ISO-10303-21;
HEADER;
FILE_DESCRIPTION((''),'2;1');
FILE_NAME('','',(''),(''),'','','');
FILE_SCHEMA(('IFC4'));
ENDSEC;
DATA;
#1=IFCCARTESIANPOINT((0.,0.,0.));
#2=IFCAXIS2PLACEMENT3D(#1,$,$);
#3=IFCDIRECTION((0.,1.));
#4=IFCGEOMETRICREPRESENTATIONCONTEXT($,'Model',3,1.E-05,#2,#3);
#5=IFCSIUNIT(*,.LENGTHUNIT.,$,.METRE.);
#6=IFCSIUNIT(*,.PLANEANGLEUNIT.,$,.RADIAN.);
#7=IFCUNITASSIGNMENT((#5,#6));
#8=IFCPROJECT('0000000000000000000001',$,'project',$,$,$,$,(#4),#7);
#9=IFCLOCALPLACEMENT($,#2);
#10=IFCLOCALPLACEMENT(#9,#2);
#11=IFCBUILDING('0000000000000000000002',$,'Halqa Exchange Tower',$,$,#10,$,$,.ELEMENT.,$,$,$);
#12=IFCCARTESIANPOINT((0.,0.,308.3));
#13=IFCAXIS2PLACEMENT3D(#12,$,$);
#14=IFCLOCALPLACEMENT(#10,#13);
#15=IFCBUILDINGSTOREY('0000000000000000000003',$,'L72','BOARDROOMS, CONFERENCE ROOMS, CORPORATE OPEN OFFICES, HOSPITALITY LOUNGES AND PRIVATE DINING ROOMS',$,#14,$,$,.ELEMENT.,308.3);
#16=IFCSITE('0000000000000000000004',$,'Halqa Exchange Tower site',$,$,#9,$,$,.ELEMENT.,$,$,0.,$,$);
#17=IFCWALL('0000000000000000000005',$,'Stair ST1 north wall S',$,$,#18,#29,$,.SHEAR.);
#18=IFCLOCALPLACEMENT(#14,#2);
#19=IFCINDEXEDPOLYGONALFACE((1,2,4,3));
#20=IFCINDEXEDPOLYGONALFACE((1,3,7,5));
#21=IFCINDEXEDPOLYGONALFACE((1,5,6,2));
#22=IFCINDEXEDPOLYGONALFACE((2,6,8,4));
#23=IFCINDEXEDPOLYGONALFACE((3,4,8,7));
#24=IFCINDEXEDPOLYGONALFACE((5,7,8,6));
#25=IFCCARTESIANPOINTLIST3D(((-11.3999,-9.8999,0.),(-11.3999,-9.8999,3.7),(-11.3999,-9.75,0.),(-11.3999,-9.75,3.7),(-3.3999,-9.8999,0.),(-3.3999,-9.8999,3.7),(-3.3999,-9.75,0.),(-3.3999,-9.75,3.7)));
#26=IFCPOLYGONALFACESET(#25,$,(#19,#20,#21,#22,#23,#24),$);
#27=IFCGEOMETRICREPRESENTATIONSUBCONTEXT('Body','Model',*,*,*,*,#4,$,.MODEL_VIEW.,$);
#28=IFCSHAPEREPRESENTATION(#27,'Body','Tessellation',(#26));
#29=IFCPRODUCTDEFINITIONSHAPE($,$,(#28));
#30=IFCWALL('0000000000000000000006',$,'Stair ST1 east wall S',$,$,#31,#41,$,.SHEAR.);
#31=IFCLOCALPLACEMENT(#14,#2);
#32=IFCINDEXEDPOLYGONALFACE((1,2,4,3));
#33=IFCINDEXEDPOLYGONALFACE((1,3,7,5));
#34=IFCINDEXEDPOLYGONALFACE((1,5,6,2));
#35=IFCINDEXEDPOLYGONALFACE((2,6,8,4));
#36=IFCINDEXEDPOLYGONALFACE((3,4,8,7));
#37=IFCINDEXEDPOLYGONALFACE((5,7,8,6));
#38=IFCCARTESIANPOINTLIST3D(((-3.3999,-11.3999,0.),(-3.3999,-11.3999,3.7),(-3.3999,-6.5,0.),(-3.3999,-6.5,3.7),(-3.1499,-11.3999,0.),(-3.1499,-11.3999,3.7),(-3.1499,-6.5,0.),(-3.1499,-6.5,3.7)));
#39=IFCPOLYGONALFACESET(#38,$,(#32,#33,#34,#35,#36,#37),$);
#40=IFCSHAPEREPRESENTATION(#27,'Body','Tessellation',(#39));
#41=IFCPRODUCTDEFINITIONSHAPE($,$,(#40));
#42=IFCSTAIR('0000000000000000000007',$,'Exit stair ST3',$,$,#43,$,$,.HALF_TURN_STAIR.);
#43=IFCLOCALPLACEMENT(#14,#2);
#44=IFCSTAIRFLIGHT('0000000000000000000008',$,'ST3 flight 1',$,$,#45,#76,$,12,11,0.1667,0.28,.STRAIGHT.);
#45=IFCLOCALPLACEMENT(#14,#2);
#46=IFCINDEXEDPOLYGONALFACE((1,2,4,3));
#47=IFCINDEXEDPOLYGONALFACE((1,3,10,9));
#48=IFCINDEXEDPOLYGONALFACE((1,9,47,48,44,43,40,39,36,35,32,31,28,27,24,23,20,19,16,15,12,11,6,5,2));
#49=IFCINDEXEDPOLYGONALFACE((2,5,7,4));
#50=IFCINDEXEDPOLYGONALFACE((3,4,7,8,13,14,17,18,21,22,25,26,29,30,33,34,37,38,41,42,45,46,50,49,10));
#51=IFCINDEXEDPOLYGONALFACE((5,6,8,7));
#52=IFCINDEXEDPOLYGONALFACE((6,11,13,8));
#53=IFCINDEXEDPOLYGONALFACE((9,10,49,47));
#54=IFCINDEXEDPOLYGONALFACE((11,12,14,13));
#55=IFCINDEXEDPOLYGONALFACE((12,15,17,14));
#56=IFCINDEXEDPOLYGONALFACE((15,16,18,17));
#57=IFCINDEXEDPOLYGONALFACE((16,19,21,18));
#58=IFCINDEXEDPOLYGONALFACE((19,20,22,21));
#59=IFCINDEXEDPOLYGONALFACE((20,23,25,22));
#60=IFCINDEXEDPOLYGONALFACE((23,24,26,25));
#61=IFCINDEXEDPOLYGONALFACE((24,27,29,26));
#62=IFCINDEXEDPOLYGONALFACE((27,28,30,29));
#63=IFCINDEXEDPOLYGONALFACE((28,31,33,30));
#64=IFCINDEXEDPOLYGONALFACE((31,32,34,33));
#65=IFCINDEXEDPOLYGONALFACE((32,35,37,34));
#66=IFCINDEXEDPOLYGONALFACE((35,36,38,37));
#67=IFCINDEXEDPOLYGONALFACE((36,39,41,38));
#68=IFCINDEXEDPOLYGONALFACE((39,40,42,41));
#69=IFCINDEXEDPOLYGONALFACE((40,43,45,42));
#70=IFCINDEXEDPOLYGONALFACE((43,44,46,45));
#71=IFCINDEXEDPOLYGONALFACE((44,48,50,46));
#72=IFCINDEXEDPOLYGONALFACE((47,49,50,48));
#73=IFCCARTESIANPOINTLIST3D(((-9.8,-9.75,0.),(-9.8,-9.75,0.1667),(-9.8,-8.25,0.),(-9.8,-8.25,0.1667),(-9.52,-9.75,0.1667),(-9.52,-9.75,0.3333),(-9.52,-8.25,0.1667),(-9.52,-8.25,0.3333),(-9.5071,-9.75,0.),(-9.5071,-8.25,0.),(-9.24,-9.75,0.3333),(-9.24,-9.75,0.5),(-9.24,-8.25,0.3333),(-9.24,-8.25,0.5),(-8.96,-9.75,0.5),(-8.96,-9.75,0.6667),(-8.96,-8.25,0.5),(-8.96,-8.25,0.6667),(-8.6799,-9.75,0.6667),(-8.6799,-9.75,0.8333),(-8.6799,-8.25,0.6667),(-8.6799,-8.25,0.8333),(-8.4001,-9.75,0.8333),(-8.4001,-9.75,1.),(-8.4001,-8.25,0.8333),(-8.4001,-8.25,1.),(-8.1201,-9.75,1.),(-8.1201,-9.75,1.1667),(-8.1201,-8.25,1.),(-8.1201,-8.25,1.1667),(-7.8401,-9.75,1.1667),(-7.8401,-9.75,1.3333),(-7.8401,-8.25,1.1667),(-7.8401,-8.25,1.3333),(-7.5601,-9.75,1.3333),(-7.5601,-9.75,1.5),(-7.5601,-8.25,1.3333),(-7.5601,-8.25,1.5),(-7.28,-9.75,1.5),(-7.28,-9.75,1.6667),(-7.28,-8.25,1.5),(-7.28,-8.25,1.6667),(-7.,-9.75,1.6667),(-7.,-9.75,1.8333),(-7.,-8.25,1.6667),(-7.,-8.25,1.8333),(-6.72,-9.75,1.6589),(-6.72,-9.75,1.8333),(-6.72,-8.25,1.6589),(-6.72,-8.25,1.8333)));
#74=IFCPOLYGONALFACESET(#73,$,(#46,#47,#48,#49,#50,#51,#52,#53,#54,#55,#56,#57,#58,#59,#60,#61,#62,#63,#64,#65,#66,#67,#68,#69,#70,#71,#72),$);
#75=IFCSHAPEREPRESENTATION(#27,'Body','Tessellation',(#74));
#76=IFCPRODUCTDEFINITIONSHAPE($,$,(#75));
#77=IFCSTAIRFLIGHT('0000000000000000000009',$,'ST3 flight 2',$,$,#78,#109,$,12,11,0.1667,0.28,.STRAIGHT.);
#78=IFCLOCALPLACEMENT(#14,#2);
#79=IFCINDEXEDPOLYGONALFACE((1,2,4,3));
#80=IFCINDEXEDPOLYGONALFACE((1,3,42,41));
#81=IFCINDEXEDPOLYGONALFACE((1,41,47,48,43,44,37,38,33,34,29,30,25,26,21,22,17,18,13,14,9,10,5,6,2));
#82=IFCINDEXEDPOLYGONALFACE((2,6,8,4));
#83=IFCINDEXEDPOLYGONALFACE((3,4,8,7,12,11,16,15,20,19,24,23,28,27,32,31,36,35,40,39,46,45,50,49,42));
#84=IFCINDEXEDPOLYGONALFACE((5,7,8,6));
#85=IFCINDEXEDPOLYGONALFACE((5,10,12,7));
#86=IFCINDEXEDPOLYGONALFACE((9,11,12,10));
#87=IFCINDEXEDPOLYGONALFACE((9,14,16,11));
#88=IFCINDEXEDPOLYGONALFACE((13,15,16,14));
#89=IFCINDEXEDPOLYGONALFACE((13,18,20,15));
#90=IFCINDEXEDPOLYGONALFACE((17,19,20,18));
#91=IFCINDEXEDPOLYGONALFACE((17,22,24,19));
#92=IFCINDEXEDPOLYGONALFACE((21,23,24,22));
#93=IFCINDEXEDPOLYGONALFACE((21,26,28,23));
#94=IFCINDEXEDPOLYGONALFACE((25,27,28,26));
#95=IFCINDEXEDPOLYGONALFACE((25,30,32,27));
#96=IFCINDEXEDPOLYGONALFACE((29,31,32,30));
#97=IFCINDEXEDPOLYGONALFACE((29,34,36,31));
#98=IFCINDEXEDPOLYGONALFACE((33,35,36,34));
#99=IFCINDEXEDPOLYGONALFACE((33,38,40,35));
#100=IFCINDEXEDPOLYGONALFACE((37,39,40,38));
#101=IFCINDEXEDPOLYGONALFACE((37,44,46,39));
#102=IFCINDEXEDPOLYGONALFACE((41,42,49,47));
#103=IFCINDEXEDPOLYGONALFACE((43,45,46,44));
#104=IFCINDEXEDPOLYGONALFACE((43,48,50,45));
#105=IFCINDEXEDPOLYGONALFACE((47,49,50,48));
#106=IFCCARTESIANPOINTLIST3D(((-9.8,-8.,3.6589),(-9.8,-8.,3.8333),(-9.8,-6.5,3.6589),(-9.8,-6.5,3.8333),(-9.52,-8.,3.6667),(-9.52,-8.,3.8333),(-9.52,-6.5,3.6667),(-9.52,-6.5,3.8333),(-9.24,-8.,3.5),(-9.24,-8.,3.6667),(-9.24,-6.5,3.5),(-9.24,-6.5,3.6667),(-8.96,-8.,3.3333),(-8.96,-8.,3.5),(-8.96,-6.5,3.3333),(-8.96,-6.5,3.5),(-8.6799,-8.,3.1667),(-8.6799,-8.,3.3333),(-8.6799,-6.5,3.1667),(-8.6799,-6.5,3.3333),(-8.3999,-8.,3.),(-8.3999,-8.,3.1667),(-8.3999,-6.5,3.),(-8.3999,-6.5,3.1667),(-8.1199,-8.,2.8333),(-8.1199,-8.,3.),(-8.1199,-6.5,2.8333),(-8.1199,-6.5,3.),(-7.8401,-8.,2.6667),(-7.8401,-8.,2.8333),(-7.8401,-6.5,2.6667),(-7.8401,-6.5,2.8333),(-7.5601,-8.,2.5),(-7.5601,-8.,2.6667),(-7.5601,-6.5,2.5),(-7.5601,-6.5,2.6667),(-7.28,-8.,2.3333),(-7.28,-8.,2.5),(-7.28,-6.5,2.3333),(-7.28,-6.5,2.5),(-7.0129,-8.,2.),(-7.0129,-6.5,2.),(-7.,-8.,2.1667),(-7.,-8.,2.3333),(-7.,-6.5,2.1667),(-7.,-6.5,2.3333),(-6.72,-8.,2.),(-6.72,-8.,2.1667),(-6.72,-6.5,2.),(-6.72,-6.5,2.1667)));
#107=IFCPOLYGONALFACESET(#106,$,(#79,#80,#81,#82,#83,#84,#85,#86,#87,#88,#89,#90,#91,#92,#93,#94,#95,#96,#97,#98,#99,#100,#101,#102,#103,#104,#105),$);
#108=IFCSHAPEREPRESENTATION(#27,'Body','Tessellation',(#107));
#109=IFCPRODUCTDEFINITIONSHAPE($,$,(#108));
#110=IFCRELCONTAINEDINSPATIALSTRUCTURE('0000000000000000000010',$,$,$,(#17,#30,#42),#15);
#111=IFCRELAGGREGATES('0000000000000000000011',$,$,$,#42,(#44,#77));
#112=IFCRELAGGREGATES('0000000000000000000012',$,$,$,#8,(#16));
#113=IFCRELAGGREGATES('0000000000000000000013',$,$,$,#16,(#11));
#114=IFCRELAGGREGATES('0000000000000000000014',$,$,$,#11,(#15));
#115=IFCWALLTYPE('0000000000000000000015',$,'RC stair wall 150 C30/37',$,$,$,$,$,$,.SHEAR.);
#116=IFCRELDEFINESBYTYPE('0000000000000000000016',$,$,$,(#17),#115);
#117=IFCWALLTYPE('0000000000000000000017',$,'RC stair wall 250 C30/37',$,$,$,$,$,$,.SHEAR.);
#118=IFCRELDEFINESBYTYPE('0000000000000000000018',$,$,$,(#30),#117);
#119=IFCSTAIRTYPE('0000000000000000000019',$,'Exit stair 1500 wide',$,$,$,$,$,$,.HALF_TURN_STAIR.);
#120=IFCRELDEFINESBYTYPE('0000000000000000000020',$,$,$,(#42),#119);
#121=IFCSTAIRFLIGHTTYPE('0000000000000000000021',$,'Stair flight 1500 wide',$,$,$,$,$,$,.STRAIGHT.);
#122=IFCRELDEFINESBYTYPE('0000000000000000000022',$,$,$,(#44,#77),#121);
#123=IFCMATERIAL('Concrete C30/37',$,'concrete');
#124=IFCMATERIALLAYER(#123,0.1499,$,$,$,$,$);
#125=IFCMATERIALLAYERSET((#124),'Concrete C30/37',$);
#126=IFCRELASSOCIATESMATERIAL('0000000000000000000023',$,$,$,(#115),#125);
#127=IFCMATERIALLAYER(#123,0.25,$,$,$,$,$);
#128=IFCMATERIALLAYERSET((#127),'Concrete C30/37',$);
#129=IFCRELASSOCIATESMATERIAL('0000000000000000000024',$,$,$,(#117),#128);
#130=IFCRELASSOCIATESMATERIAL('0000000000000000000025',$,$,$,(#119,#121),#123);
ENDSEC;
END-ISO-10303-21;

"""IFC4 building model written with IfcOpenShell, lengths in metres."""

from ifc_helpers import new_model, si_unit, direction, frame, frame_2d, origin, place, context, subcontext, project, spatial, polyline, rectangle, outline, extrude, material, layer, layer_set, type_object, element, aggregate, save


model = new_model("IFC4")

# Units and contexts
model_context = context("Model", 3, precision=1e-05, world=origin(), true_north=direction((0.0, 1.0)))
body_context = subcontext(model_context, "Body", "Model", "MODEL_VIEW")
ifc_project = project(units=[si_unit("LENGTHUNIT", "METRE"), si_unit("PLANEANGLEUNIT", "RADIAN")], contexts=[model_context])

# Site, building, storey
site_placement = place(None, origin())
site = spatial("IfcSite", under=ifc_project, at=site_placement, Name="Halqa Exchange Tower site", CompositionType="ELEMENT", RefElevation=0.0)
building_placement = place(site_placement, origin())
building = spatial("IfcBuilding", under=site, at=building_placement, Name="Halqa Exchange Tower", CompositionType="ELEMENT")
storey_placement = place(building_placement, frame((0.0, 0.0, 308.3)))
storey = spatial("IfcBuildingStorey", under=building, at=storey_placement, Name="L72", Description="BOARDROOMS, CONFERENCE ROOMS, CORPORATE OPEN OFFICES, HOSPITALITY LOUNGES AND PRIVATE DINING ROOMS", CompositionType="ELEMENT", Elevation=308.3)

# Walls
ifc_material_1 = material(Name="Concrete C30/37", Category="concrete")
ifc_layer_1 = layer(ifc_material_1, 0.1499)
ifc_layer_set_1 = layer_set([ifc_layer_1], Name="Concrete C30/37")
wall_type_1 = type_object("IfcWallType", Name="RC stair wall 150 C30/37", PredefinedType="SHEAR", material=ifc_layer_set_1)
wall_1_placement = place(storey_placement, frame((-11.3999, -9.825, 0.0), z_axis=(0.0, 0.0, 1.0), x_axis=(1.0, 0.0, 0.0)))
element("IfcWall", 1, at=wall_1_placement, inside=storey, type_object=wall_type_1, Name="Stair ST1 north wall S", PredefinedType="SHEAR", context=body_context, shape_type="SweptSolid", body=[
    extrude(rectangle(XDim=8.0, YDim=0.1499, at=frame_2d((4.0, 0.0))), origin(), (0.0, 0.0, 1.0), 3.7),
])
ifc_layer_2 = layer(ifc_material_1, 0.25)
ifc_layer_set_2 = layer_set([ifc_layer_2], Name="Concrete C30/37")
wall_type_2 = type_object("IfcWallType", Name="RC stair wall 250 C30/37", PredefinedType="SHEAR", material=ifc_layer_set_2)
wall_2_placement = place(storey_placement, frame((-3.2749, -11.3999, 0.0), z_axis=(0.0, 0.0, 1.0), x_axis=(0.0, 1.0, 0.0)))
element("IfcWall", 2, at=wall_2_placement, inside=storey, type_object=wall_type_2, Name="Stair ST1 east wall S", PredefinedType="SHEAR", context=body_context, shape_type="SweptSolid", body=[
    extrude(rectangle(XDim=4.8999, YDim=0.25, at=frame_2d((2.45, 0.0))), origin(), (0.0, 0.0, 1.0), 3.7),
])

# Stair, stair flights
stair_type = type_object("IfcStairType", Name="Exit stair 1500 wide", PredefinedType="HALF_TURN_STAIR", material=ifc_material_1)
stair_placement = place(storey_placement, origin())
stair = element("IfcStair", 3, at=stair_placement, inside=storey, type_object=stair_type, Name="Exit stair ST3", PredefinedType="HALF_TURN_STAIR")
stair_flight_type = type_object("IfcStairFlightType", Name="Stair flight 1500 wide", PredefinedType="STRAIGHT", material=ifc_material_1)
stair_flight_1_placement = place(storey_placement, frame((-9.8, -9.0, 0.0), z_axis=(0.0, 0.0, 1.0), x_axis=(1.0, 0.0, 0.0)))
stair_flight_1 = element("IfcStairFlight", 4, at=stair_flight_1_placement, type_object=stair_flight_type, Name="ST3 flight 1", NumberOfRisers=12, NumberOfTreads=11, PredefinedType="STRAIGHT", RiserHeight=0.1667, TreadLength=0.28, context=body_context, shape_type="SweptSolid", body=[
    extrude(outline(polyline([(0.0, 0.0), (0.0, 0.1667), (0.28, 0.1667), (0.28, 0.3333), (0.5601, 0.3333), (0.5601, 0.5), (0.8401, 0.5), (0.8401, 0.6667), (1.1201, 0.6667), (1.1201, 0.8333), (1.3999, 0.8333), (1.3999, 1.0), (1.6799, 1.0), (1.6799, 1.1667), (1.96, 1.1667), (1.96, 1.3333), (2.24, 1.3333), (2.24, 1.5), (2.52, 1.5), (2.52, 1.6667), (2.8, 1.6667), (2.8, 1.8333), (3.0801, 1.8333), (3.0801, 2.0), (3.0801, 1.6589), (0.293, 0.0), (0.0, 0.0)])), frame((0.0, 0.75, 0.0), z_axis=(0.0, -1.0, 0.0), x_axis=(1.0, 0.0, 0.0)), (0.0, 0.0, 1.0), 1.5),
])
stair_flight_2_placement = place(storey_placement, frame((-6.72, -7.25, 2.0), z_axis=(0.0, 0.0, 1.0), x_axis=(-1.0, 0.0, 0.0)))
stair_flight_2 = element("IfcStairFlight", 5, at=stair_flight_2_placement, type_object=stair_flight_type, Name="ST3 flight 2", NumberOfRisers=12, NumberOfTreads=11, PredefinedType="STRAIGHT", RiserHeight=0.1667, TreadLength=0.28, context=body_context, shape_type="SweptSolid", body=[
    extrude(outline(polyline([(0.0, 0.0), (0.0, 0.1667), (0.28, 0.1667), (0.28, 0.3333), (0.5601, 0.3333), (0.5601, 0.5), (0.8401, 0.5), (0.8401, 0.6667), (1.1201, 0.6667), (1.1201, 0.8333), (1.3999, 0.8333), (1.3999, 1.0), (1.6799, 1.0), (1.6799, 1.1667), (1.96, 1.1667), (1.96, 1.3333), (2.24, 1.3333), (2.24, 1.5), (2.52, 1.5), (2.52, 1.6667), (2.8, 1.6667), (2.8, 1.8333), (3.0801, 1.8333), (3.0801, 2.0), (3.0801, 1.6589), (0.293, 0.0), (0.0, 0.0)])), frame((0.0, 0.75, 0.0), z_axis=(0.0, -1.0, 0.0), x_axis=(1.0, 0.0, 0.0)), (0.0, 0.0, 1.0), 1.5),
])
aggregate(stair, [stair_flight_1, stair_flight_2])

save(model, "model.ifc")
